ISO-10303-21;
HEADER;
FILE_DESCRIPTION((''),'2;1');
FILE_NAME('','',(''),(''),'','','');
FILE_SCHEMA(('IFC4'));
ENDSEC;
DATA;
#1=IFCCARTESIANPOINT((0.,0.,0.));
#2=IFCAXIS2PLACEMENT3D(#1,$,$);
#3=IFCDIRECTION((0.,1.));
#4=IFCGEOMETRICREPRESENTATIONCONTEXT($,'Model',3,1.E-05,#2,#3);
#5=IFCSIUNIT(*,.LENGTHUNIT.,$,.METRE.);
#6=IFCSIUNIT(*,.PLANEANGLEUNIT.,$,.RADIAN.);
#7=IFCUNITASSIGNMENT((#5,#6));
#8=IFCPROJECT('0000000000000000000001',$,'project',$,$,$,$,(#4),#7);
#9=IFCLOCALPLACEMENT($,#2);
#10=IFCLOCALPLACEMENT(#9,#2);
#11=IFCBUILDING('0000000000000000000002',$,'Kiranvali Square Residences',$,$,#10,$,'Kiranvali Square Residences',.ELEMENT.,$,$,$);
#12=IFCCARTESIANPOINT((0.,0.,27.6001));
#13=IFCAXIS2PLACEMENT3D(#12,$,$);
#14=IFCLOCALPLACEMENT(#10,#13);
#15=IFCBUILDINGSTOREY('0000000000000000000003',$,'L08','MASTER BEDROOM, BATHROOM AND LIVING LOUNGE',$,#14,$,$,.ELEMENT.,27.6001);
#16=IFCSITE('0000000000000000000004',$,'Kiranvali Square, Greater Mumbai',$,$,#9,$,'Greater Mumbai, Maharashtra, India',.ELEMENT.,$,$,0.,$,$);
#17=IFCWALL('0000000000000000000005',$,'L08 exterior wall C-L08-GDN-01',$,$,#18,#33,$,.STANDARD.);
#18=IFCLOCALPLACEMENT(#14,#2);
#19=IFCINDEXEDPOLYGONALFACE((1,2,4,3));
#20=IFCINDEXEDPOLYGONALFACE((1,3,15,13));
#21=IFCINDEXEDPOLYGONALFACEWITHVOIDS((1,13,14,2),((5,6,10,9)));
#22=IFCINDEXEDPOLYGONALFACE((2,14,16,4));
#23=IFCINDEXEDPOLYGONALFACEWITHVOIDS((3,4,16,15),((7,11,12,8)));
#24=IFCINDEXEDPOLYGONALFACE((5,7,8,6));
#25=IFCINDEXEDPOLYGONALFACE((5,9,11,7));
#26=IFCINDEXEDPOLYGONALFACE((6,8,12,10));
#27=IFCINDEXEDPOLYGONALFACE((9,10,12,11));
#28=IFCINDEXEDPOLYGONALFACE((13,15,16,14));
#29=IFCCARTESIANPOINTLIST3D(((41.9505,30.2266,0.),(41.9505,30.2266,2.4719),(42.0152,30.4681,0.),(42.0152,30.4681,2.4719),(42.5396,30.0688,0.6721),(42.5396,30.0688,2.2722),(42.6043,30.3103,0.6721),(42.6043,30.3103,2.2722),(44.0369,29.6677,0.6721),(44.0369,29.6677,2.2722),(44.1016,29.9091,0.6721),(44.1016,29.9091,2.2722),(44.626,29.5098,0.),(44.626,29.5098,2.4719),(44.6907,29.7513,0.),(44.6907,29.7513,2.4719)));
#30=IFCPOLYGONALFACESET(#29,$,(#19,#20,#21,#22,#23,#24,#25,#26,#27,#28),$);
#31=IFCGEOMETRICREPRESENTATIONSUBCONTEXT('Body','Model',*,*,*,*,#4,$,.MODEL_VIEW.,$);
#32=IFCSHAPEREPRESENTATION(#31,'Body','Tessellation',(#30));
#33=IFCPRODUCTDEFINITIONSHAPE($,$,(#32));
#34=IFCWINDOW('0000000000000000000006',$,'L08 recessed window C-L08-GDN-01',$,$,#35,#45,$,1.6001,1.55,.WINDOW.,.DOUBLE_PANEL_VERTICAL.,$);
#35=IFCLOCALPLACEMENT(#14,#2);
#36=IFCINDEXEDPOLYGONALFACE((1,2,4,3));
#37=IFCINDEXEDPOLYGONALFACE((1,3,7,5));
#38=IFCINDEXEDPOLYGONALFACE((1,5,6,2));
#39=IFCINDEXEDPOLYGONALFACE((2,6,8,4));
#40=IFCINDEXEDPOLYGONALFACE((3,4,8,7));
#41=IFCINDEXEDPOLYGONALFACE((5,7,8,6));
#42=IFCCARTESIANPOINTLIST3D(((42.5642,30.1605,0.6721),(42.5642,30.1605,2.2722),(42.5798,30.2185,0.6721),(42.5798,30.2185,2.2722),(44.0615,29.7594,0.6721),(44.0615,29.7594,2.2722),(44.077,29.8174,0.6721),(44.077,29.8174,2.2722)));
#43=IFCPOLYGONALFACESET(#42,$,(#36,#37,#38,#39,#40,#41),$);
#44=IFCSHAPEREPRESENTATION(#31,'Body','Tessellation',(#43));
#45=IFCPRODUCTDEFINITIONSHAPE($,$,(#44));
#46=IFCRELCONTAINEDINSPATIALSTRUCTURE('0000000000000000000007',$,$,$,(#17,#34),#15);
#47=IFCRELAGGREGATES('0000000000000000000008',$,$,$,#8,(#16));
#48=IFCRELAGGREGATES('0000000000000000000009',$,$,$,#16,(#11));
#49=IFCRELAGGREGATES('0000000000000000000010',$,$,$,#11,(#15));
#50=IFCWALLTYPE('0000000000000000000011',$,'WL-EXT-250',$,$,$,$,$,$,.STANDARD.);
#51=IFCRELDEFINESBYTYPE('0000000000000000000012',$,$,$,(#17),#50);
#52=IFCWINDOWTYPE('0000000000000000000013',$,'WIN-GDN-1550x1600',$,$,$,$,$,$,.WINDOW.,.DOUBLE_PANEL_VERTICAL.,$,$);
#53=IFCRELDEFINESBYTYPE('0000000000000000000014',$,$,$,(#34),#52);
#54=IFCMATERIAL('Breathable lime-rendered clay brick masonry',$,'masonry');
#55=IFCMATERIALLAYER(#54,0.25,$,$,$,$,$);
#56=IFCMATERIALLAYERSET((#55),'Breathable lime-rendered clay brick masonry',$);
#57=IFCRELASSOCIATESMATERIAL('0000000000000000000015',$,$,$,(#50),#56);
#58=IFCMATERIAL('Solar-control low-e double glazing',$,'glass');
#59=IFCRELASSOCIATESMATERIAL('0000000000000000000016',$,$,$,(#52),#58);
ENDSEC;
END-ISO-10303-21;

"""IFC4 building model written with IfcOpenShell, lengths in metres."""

from ifc_helpers import new_model, si_unit, direction, frame, frame_2d, origin, place, context, subcontext, project, spatial, rectangle, extrude, material, layer, layer_set, type_object, element, fill, save


model = new_model("IFC4")

# Units and contexts
model_context = context("Model", 3, precision=1e-05, world=origin(), true_north=direction((0.0, 1.0)))
body_context = subcontext(model_context, "Body", "Model", "MODEL_VIEW")
ifc_project = project(units=[si_unit("LENGTHUNIT", "METRE"), si_unit("PLANEANGLEUNIT", "RADIAN")], contexts=[model_context])

# Site, building, storey
site_placement = place(None, origin())
site = spatial("IfcSite", under=ifc_project, at=site_placement, Name="Kiranvali Square, Greater Mumbai", LongName="Greater Mumbai, Maharashtra, India", CompositionType="ELEMENT", RefElevation=0.0)
building_placement = place(site_placement, origin())
building = spatial("IfcBuilding", under=site, at=building_placement, Name="Kiranvali Square Residences", LongName="Kiranvali Square Residences", CompositionType="ELEMENT")
storey_placement = place(building_placement, frame((0.0, 0.0, 27.6001)))
storey = spatial("IfcBuildingStorey", under=building, at=storey_placement, Name="L08", Description="MASTER BEDROOM, BATHROOM AND LIVING LOUNGE", CompositionType="ELEMENT", Elevation=27.6001)

# Wall, opening, window
ifc_material_1 = material(Name="Breathable lime-rendered clay brick masonry", Category="masonry")
ifc_layer_1 = layer(ifc_material_1, 0.25)
ifc_layer_set_1 = layer_set([ifc_layer_1], Name="Breathable lime-rendered clay brick masonry")
wall_type_1 = type_object("IfcWallType", Name="WL-EXT-250", PredefinedType="STANDARD", material=ifc_layer_set_1)
wall_1_placement = place(storey_placement, frame((44.6582, 29.6306, 0.0), z_axis=(0.0, 0.0, 1.0), x_axis=(-0.965936, 0.258782, 0.0)))
wall_1 = element("IfcWall", 1, at=wall_1_placement, inside=storey, type_object=wall_type_1, Name="L08 exterior wall C-L08-GDN-01", PredefinedType="STANDARD", context=body_context, shape_type="SweptSolid", body=[
    extrude(rectangle(XDim=2.7698, YDim=0.25, at=frame_2d((1.3848, 0.0))), origin(), (0.0, 0.0, 1.0), 2.4719),
])
opening_1_placement = place(wall_1_placement, frame((0.6099, 0.0, 0.6721)))
opening_1 = element("IfcOpeningElement", 2, at=opening_1_placement, cuts=wall_1, PredefinedType="OPENING", context=body_context, shape_type="SweptSolid", body=[
    extrude(rectangle(XDim=1.55, YDim=1.6001, at=frame_2d((0.7749, 0.8))), frame((0.0, 0.135, 0.0), z_axis=(0.0, -1.0, 0.0), x_axis=(1.0, 0.0, 0.0)), (0.0, 0.0, 1.0), 0.27),
])
ifc_material_2 = material(Name="Solar-control low-e double glazing", Category="glass")
window_type = type_object("IfcWindowType", Name="WIN-GDN-1550x1600", PartitioningType="DOUBLE_PANEL_VERTICAL", PredefinedType="WINDOW", material=ifc_material_2)
window_placement = place(opening_1_placement, origin())
window = element("IfcWindow", 3, at=window_placement, inside=storey, type_object=window_type, Name="L08 recessed window C-L08-GDN-01", OverallHeight=1.6001, OverallWidth=1.55, PartitioningType="DOUBLE_PANEL_VERTICAL", PredefinedType="WINDOW", context=body_context, shape_type="SweptSolid", body=[
    extrude(rectangle(XDim=1.55, YDim=1.6001, at=frame_2d((0.7749, 0.8))), frame((0.0, 0.03, 0.0), z_axis=(0.0, -1.0, 0.0), x_axis=(1.0, 0.0, 0.0)), (0.0, 0.0, 1.0), 0.0601),
])
fill(opening_1, window)

save(model, "model.ifc")
